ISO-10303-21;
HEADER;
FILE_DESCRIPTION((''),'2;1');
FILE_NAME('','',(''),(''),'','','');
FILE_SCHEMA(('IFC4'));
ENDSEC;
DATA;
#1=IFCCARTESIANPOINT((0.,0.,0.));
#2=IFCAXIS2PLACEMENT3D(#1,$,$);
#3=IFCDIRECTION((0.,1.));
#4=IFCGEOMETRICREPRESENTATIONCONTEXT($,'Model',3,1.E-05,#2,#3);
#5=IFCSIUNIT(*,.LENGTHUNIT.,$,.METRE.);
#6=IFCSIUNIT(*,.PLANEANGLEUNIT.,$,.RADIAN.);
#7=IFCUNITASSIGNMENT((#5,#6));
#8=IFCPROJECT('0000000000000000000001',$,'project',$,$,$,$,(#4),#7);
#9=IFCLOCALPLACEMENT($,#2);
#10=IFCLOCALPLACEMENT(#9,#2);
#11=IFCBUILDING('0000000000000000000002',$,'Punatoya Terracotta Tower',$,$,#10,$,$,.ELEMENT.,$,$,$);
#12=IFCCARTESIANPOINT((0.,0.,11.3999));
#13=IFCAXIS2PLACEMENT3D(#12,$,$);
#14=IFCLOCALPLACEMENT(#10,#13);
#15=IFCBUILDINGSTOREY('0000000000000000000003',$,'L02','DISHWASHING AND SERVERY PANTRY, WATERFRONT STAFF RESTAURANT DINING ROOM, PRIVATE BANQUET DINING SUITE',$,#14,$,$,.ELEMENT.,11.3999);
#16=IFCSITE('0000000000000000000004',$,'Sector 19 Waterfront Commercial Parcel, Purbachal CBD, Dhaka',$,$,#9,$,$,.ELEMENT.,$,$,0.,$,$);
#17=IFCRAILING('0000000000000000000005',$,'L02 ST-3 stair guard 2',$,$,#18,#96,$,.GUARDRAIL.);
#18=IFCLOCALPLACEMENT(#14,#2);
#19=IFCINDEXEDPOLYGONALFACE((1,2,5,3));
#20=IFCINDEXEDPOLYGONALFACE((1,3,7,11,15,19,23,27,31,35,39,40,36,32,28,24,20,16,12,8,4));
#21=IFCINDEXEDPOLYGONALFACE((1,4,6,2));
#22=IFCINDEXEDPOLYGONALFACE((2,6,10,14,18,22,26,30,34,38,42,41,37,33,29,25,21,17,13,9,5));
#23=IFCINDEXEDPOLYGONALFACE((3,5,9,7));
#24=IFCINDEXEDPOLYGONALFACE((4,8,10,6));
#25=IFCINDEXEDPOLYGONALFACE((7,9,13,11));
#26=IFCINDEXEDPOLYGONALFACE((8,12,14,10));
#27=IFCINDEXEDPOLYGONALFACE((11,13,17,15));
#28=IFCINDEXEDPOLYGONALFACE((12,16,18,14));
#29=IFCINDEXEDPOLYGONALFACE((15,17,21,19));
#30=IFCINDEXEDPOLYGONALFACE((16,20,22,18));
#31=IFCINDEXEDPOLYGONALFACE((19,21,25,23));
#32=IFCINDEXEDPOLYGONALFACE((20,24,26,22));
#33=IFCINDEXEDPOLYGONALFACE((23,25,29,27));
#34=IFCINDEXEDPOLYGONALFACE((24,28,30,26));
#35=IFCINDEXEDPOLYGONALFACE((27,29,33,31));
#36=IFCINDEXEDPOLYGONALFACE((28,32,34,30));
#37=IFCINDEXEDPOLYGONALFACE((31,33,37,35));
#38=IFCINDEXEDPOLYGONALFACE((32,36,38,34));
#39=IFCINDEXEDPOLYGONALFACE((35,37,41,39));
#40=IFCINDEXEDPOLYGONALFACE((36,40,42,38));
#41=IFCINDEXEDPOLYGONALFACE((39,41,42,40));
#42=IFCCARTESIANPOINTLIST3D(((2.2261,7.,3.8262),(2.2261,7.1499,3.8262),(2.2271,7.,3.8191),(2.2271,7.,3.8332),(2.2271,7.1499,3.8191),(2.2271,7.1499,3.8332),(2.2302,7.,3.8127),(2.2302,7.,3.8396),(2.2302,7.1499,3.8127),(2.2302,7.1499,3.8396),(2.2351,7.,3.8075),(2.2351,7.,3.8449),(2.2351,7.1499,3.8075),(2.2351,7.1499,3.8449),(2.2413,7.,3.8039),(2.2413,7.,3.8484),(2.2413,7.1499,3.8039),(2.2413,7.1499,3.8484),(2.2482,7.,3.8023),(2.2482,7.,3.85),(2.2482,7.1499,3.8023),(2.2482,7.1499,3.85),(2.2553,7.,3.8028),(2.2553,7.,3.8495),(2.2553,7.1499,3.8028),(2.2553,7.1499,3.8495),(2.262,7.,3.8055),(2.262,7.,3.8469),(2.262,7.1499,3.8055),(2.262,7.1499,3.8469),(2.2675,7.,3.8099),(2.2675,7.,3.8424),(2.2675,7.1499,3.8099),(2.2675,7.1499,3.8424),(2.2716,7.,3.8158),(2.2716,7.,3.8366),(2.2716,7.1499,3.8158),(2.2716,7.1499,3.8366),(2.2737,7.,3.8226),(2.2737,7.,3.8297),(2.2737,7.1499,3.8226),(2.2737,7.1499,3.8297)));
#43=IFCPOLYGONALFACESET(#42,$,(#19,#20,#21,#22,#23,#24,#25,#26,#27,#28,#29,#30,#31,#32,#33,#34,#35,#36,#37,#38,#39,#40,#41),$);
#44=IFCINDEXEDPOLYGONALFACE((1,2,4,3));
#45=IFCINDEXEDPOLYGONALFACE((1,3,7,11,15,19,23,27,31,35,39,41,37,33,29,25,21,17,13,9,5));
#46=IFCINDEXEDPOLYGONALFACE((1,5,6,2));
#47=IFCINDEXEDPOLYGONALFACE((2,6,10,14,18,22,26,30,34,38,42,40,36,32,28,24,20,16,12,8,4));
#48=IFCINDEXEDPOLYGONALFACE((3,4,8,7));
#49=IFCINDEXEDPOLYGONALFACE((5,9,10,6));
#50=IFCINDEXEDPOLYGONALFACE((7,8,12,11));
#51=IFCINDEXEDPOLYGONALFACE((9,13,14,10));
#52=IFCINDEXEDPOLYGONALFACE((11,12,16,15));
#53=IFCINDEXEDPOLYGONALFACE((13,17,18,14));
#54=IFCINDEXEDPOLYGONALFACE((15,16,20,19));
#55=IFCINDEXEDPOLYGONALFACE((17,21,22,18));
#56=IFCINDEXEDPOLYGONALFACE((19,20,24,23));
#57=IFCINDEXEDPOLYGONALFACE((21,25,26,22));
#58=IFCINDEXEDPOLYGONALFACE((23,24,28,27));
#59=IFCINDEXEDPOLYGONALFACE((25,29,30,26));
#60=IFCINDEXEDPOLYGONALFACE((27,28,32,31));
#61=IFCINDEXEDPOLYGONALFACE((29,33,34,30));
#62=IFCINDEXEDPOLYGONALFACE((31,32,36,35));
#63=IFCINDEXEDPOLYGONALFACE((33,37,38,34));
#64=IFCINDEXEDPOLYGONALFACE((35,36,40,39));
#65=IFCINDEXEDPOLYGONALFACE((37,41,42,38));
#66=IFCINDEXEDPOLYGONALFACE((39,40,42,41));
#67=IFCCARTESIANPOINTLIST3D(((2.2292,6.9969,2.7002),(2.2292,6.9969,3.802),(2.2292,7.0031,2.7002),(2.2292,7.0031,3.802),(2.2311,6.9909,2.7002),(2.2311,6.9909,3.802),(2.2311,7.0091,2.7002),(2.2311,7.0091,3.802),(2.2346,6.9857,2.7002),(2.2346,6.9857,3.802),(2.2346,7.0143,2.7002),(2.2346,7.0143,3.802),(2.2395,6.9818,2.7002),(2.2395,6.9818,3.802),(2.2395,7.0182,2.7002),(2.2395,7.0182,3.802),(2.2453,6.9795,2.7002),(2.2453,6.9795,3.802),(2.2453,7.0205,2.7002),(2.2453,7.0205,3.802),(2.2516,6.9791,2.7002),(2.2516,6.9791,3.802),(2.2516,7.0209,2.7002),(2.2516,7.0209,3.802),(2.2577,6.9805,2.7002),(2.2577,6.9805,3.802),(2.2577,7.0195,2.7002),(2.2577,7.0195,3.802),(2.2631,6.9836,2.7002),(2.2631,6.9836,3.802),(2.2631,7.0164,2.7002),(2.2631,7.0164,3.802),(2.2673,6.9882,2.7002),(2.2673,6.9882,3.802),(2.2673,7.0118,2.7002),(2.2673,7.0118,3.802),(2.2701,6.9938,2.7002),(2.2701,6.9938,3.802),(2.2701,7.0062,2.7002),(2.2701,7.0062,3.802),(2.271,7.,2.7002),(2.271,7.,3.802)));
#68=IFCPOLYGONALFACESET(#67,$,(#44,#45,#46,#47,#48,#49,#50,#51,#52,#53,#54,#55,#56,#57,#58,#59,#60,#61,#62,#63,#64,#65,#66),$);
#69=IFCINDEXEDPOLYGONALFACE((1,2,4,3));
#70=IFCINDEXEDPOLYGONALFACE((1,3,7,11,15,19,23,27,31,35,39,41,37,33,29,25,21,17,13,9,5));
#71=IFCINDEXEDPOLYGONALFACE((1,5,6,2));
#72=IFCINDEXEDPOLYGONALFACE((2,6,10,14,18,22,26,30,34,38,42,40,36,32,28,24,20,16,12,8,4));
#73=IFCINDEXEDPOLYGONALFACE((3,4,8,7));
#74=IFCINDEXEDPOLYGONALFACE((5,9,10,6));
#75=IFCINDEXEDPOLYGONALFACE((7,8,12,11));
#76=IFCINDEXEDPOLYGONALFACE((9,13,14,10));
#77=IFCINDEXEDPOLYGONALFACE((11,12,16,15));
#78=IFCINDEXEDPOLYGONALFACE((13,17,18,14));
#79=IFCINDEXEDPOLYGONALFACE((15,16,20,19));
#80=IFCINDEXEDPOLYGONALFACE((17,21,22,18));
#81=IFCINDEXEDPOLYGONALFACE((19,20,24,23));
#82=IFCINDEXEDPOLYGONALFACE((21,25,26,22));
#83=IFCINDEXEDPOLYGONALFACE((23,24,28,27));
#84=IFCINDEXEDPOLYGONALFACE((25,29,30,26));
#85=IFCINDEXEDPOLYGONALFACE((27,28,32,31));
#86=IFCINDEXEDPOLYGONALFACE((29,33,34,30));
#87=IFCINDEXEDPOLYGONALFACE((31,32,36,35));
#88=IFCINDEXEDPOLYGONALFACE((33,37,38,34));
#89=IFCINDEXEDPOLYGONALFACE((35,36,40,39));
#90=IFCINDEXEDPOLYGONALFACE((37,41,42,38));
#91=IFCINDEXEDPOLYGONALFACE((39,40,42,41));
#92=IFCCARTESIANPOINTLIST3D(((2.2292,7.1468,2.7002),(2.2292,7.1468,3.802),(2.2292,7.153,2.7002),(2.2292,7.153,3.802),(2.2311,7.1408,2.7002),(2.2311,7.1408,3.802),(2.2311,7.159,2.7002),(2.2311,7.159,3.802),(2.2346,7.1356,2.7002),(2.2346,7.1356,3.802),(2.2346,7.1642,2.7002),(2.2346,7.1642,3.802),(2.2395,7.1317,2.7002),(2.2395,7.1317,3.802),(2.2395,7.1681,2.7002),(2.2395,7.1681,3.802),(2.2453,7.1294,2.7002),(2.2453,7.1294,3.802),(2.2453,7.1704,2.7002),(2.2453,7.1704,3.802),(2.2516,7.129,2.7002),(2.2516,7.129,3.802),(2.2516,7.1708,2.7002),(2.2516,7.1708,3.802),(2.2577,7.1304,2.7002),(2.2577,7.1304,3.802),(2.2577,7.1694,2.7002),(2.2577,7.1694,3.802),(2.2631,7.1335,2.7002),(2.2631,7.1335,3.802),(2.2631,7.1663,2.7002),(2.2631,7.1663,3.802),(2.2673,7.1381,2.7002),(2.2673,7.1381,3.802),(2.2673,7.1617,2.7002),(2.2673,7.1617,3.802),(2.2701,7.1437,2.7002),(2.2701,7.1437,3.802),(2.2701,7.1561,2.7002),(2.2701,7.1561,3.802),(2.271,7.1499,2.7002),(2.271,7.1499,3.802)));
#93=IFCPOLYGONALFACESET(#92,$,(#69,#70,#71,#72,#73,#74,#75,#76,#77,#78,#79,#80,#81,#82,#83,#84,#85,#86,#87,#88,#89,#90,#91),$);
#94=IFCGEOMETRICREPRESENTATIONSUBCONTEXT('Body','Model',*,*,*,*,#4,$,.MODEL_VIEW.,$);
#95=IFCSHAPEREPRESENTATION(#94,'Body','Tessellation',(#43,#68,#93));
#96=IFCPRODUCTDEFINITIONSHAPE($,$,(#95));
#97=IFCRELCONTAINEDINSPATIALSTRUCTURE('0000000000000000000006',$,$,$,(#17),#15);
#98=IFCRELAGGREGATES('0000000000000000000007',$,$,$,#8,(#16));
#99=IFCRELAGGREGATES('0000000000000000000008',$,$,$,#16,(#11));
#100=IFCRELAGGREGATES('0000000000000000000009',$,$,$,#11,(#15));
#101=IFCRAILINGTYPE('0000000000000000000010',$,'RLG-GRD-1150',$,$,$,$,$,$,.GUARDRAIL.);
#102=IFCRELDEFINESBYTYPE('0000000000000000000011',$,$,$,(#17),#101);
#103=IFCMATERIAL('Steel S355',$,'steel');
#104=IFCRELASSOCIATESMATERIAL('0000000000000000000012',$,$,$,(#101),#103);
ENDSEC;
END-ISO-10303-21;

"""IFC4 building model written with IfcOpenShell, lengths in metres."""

from ifc_helpers import new_model, si_unit, direction, frame, origin, origin_2d, place, context, subcontext, project, spatial, circle, extrude, material, type_object, element, save


model = new_model("IFC4")

# Units and contexts
model_context = context("Model", 3, precision=1e-05, world=origin(), true_north=direction((0.0, 1.0)))
body_context = subcontext(model_context, "Body", "Model", "MODEL_VIEW")
ifc_project = project(units=[si_unit("LENGTHUNIT", "METRE"), si_unit("PLANEANGLEUNIT", "RADIAN")], contexts=[model_context])

# Site, building, storey
site_placement = place(None, origin())
site = spatial("IfcSite", under=ifc_project, at=site_placement, Name="Sector 19 Waterfront Commercial Parcel, Purbachal CBD, Dhaka", CompositionType="ELEMENT", RefElevation=0.0)
building_placement = place(site_placement, origin())
building = spatial("IfcBuilding", under=site, at=building_placement, Name="Punatoya Terracotta Tower", CompositionType="ELEMENT")
storey_placement = place(building_placement, frame((0.0, 0.0, 11.3999)))
storey = spatial("IfcBuildingStorey", under=building, at=storey_placement, Name="L02", Description="DISHWASHING AND SERVERY PANTRY, WATERFRONT STAFF RESTAURANT DINING ROOM, PRIVATE BANQUET DINING SUITE", CompositionType="ELEMENT", Elevation=11.3999)

# Shared definitions
ifc_material_1 = material(Name="Steel S355", Category="steel")

# Railing
railing_type_1 = type_object("IfcRailingType", Name="RLG-GRD-1150", PredefinedType="GUARDRAIL", material=ifc_material_1)
railing_1_placement = place(storey_placement, frame((2.25, 7.0, 2.7002)))
element("IfcRailing", 1, at=railing_1_placement, inside=storey, type_object=railing_type_1, Name="L02 ST-3 stair guard 2", PredefinedType="GUARDRAIL", context=body_context, shape_type="SweptSolid", body=[
    extrude(circle(Radius=0.0239, at=origin_2d()), frame((0.0, 0.0, 1.126), z_axis=(0.0, 1.0, 0.0), x_axis=(-1.0, 0.0, 0.0)), (0.0, 0.0, 1.0), 0.1499),
    extrude(circle(Radius=0.021, at=origin_2d()), origin(), (0.0, 0.0, 1.0), 1.1018),
    extrude(circle(Radius=0.021, at=origin_2d()), frame((0.0, 0.1499, 0.0)), (0.0, 0.0, 1.0), 1.1018),
])

save(model, "model.ifc")
